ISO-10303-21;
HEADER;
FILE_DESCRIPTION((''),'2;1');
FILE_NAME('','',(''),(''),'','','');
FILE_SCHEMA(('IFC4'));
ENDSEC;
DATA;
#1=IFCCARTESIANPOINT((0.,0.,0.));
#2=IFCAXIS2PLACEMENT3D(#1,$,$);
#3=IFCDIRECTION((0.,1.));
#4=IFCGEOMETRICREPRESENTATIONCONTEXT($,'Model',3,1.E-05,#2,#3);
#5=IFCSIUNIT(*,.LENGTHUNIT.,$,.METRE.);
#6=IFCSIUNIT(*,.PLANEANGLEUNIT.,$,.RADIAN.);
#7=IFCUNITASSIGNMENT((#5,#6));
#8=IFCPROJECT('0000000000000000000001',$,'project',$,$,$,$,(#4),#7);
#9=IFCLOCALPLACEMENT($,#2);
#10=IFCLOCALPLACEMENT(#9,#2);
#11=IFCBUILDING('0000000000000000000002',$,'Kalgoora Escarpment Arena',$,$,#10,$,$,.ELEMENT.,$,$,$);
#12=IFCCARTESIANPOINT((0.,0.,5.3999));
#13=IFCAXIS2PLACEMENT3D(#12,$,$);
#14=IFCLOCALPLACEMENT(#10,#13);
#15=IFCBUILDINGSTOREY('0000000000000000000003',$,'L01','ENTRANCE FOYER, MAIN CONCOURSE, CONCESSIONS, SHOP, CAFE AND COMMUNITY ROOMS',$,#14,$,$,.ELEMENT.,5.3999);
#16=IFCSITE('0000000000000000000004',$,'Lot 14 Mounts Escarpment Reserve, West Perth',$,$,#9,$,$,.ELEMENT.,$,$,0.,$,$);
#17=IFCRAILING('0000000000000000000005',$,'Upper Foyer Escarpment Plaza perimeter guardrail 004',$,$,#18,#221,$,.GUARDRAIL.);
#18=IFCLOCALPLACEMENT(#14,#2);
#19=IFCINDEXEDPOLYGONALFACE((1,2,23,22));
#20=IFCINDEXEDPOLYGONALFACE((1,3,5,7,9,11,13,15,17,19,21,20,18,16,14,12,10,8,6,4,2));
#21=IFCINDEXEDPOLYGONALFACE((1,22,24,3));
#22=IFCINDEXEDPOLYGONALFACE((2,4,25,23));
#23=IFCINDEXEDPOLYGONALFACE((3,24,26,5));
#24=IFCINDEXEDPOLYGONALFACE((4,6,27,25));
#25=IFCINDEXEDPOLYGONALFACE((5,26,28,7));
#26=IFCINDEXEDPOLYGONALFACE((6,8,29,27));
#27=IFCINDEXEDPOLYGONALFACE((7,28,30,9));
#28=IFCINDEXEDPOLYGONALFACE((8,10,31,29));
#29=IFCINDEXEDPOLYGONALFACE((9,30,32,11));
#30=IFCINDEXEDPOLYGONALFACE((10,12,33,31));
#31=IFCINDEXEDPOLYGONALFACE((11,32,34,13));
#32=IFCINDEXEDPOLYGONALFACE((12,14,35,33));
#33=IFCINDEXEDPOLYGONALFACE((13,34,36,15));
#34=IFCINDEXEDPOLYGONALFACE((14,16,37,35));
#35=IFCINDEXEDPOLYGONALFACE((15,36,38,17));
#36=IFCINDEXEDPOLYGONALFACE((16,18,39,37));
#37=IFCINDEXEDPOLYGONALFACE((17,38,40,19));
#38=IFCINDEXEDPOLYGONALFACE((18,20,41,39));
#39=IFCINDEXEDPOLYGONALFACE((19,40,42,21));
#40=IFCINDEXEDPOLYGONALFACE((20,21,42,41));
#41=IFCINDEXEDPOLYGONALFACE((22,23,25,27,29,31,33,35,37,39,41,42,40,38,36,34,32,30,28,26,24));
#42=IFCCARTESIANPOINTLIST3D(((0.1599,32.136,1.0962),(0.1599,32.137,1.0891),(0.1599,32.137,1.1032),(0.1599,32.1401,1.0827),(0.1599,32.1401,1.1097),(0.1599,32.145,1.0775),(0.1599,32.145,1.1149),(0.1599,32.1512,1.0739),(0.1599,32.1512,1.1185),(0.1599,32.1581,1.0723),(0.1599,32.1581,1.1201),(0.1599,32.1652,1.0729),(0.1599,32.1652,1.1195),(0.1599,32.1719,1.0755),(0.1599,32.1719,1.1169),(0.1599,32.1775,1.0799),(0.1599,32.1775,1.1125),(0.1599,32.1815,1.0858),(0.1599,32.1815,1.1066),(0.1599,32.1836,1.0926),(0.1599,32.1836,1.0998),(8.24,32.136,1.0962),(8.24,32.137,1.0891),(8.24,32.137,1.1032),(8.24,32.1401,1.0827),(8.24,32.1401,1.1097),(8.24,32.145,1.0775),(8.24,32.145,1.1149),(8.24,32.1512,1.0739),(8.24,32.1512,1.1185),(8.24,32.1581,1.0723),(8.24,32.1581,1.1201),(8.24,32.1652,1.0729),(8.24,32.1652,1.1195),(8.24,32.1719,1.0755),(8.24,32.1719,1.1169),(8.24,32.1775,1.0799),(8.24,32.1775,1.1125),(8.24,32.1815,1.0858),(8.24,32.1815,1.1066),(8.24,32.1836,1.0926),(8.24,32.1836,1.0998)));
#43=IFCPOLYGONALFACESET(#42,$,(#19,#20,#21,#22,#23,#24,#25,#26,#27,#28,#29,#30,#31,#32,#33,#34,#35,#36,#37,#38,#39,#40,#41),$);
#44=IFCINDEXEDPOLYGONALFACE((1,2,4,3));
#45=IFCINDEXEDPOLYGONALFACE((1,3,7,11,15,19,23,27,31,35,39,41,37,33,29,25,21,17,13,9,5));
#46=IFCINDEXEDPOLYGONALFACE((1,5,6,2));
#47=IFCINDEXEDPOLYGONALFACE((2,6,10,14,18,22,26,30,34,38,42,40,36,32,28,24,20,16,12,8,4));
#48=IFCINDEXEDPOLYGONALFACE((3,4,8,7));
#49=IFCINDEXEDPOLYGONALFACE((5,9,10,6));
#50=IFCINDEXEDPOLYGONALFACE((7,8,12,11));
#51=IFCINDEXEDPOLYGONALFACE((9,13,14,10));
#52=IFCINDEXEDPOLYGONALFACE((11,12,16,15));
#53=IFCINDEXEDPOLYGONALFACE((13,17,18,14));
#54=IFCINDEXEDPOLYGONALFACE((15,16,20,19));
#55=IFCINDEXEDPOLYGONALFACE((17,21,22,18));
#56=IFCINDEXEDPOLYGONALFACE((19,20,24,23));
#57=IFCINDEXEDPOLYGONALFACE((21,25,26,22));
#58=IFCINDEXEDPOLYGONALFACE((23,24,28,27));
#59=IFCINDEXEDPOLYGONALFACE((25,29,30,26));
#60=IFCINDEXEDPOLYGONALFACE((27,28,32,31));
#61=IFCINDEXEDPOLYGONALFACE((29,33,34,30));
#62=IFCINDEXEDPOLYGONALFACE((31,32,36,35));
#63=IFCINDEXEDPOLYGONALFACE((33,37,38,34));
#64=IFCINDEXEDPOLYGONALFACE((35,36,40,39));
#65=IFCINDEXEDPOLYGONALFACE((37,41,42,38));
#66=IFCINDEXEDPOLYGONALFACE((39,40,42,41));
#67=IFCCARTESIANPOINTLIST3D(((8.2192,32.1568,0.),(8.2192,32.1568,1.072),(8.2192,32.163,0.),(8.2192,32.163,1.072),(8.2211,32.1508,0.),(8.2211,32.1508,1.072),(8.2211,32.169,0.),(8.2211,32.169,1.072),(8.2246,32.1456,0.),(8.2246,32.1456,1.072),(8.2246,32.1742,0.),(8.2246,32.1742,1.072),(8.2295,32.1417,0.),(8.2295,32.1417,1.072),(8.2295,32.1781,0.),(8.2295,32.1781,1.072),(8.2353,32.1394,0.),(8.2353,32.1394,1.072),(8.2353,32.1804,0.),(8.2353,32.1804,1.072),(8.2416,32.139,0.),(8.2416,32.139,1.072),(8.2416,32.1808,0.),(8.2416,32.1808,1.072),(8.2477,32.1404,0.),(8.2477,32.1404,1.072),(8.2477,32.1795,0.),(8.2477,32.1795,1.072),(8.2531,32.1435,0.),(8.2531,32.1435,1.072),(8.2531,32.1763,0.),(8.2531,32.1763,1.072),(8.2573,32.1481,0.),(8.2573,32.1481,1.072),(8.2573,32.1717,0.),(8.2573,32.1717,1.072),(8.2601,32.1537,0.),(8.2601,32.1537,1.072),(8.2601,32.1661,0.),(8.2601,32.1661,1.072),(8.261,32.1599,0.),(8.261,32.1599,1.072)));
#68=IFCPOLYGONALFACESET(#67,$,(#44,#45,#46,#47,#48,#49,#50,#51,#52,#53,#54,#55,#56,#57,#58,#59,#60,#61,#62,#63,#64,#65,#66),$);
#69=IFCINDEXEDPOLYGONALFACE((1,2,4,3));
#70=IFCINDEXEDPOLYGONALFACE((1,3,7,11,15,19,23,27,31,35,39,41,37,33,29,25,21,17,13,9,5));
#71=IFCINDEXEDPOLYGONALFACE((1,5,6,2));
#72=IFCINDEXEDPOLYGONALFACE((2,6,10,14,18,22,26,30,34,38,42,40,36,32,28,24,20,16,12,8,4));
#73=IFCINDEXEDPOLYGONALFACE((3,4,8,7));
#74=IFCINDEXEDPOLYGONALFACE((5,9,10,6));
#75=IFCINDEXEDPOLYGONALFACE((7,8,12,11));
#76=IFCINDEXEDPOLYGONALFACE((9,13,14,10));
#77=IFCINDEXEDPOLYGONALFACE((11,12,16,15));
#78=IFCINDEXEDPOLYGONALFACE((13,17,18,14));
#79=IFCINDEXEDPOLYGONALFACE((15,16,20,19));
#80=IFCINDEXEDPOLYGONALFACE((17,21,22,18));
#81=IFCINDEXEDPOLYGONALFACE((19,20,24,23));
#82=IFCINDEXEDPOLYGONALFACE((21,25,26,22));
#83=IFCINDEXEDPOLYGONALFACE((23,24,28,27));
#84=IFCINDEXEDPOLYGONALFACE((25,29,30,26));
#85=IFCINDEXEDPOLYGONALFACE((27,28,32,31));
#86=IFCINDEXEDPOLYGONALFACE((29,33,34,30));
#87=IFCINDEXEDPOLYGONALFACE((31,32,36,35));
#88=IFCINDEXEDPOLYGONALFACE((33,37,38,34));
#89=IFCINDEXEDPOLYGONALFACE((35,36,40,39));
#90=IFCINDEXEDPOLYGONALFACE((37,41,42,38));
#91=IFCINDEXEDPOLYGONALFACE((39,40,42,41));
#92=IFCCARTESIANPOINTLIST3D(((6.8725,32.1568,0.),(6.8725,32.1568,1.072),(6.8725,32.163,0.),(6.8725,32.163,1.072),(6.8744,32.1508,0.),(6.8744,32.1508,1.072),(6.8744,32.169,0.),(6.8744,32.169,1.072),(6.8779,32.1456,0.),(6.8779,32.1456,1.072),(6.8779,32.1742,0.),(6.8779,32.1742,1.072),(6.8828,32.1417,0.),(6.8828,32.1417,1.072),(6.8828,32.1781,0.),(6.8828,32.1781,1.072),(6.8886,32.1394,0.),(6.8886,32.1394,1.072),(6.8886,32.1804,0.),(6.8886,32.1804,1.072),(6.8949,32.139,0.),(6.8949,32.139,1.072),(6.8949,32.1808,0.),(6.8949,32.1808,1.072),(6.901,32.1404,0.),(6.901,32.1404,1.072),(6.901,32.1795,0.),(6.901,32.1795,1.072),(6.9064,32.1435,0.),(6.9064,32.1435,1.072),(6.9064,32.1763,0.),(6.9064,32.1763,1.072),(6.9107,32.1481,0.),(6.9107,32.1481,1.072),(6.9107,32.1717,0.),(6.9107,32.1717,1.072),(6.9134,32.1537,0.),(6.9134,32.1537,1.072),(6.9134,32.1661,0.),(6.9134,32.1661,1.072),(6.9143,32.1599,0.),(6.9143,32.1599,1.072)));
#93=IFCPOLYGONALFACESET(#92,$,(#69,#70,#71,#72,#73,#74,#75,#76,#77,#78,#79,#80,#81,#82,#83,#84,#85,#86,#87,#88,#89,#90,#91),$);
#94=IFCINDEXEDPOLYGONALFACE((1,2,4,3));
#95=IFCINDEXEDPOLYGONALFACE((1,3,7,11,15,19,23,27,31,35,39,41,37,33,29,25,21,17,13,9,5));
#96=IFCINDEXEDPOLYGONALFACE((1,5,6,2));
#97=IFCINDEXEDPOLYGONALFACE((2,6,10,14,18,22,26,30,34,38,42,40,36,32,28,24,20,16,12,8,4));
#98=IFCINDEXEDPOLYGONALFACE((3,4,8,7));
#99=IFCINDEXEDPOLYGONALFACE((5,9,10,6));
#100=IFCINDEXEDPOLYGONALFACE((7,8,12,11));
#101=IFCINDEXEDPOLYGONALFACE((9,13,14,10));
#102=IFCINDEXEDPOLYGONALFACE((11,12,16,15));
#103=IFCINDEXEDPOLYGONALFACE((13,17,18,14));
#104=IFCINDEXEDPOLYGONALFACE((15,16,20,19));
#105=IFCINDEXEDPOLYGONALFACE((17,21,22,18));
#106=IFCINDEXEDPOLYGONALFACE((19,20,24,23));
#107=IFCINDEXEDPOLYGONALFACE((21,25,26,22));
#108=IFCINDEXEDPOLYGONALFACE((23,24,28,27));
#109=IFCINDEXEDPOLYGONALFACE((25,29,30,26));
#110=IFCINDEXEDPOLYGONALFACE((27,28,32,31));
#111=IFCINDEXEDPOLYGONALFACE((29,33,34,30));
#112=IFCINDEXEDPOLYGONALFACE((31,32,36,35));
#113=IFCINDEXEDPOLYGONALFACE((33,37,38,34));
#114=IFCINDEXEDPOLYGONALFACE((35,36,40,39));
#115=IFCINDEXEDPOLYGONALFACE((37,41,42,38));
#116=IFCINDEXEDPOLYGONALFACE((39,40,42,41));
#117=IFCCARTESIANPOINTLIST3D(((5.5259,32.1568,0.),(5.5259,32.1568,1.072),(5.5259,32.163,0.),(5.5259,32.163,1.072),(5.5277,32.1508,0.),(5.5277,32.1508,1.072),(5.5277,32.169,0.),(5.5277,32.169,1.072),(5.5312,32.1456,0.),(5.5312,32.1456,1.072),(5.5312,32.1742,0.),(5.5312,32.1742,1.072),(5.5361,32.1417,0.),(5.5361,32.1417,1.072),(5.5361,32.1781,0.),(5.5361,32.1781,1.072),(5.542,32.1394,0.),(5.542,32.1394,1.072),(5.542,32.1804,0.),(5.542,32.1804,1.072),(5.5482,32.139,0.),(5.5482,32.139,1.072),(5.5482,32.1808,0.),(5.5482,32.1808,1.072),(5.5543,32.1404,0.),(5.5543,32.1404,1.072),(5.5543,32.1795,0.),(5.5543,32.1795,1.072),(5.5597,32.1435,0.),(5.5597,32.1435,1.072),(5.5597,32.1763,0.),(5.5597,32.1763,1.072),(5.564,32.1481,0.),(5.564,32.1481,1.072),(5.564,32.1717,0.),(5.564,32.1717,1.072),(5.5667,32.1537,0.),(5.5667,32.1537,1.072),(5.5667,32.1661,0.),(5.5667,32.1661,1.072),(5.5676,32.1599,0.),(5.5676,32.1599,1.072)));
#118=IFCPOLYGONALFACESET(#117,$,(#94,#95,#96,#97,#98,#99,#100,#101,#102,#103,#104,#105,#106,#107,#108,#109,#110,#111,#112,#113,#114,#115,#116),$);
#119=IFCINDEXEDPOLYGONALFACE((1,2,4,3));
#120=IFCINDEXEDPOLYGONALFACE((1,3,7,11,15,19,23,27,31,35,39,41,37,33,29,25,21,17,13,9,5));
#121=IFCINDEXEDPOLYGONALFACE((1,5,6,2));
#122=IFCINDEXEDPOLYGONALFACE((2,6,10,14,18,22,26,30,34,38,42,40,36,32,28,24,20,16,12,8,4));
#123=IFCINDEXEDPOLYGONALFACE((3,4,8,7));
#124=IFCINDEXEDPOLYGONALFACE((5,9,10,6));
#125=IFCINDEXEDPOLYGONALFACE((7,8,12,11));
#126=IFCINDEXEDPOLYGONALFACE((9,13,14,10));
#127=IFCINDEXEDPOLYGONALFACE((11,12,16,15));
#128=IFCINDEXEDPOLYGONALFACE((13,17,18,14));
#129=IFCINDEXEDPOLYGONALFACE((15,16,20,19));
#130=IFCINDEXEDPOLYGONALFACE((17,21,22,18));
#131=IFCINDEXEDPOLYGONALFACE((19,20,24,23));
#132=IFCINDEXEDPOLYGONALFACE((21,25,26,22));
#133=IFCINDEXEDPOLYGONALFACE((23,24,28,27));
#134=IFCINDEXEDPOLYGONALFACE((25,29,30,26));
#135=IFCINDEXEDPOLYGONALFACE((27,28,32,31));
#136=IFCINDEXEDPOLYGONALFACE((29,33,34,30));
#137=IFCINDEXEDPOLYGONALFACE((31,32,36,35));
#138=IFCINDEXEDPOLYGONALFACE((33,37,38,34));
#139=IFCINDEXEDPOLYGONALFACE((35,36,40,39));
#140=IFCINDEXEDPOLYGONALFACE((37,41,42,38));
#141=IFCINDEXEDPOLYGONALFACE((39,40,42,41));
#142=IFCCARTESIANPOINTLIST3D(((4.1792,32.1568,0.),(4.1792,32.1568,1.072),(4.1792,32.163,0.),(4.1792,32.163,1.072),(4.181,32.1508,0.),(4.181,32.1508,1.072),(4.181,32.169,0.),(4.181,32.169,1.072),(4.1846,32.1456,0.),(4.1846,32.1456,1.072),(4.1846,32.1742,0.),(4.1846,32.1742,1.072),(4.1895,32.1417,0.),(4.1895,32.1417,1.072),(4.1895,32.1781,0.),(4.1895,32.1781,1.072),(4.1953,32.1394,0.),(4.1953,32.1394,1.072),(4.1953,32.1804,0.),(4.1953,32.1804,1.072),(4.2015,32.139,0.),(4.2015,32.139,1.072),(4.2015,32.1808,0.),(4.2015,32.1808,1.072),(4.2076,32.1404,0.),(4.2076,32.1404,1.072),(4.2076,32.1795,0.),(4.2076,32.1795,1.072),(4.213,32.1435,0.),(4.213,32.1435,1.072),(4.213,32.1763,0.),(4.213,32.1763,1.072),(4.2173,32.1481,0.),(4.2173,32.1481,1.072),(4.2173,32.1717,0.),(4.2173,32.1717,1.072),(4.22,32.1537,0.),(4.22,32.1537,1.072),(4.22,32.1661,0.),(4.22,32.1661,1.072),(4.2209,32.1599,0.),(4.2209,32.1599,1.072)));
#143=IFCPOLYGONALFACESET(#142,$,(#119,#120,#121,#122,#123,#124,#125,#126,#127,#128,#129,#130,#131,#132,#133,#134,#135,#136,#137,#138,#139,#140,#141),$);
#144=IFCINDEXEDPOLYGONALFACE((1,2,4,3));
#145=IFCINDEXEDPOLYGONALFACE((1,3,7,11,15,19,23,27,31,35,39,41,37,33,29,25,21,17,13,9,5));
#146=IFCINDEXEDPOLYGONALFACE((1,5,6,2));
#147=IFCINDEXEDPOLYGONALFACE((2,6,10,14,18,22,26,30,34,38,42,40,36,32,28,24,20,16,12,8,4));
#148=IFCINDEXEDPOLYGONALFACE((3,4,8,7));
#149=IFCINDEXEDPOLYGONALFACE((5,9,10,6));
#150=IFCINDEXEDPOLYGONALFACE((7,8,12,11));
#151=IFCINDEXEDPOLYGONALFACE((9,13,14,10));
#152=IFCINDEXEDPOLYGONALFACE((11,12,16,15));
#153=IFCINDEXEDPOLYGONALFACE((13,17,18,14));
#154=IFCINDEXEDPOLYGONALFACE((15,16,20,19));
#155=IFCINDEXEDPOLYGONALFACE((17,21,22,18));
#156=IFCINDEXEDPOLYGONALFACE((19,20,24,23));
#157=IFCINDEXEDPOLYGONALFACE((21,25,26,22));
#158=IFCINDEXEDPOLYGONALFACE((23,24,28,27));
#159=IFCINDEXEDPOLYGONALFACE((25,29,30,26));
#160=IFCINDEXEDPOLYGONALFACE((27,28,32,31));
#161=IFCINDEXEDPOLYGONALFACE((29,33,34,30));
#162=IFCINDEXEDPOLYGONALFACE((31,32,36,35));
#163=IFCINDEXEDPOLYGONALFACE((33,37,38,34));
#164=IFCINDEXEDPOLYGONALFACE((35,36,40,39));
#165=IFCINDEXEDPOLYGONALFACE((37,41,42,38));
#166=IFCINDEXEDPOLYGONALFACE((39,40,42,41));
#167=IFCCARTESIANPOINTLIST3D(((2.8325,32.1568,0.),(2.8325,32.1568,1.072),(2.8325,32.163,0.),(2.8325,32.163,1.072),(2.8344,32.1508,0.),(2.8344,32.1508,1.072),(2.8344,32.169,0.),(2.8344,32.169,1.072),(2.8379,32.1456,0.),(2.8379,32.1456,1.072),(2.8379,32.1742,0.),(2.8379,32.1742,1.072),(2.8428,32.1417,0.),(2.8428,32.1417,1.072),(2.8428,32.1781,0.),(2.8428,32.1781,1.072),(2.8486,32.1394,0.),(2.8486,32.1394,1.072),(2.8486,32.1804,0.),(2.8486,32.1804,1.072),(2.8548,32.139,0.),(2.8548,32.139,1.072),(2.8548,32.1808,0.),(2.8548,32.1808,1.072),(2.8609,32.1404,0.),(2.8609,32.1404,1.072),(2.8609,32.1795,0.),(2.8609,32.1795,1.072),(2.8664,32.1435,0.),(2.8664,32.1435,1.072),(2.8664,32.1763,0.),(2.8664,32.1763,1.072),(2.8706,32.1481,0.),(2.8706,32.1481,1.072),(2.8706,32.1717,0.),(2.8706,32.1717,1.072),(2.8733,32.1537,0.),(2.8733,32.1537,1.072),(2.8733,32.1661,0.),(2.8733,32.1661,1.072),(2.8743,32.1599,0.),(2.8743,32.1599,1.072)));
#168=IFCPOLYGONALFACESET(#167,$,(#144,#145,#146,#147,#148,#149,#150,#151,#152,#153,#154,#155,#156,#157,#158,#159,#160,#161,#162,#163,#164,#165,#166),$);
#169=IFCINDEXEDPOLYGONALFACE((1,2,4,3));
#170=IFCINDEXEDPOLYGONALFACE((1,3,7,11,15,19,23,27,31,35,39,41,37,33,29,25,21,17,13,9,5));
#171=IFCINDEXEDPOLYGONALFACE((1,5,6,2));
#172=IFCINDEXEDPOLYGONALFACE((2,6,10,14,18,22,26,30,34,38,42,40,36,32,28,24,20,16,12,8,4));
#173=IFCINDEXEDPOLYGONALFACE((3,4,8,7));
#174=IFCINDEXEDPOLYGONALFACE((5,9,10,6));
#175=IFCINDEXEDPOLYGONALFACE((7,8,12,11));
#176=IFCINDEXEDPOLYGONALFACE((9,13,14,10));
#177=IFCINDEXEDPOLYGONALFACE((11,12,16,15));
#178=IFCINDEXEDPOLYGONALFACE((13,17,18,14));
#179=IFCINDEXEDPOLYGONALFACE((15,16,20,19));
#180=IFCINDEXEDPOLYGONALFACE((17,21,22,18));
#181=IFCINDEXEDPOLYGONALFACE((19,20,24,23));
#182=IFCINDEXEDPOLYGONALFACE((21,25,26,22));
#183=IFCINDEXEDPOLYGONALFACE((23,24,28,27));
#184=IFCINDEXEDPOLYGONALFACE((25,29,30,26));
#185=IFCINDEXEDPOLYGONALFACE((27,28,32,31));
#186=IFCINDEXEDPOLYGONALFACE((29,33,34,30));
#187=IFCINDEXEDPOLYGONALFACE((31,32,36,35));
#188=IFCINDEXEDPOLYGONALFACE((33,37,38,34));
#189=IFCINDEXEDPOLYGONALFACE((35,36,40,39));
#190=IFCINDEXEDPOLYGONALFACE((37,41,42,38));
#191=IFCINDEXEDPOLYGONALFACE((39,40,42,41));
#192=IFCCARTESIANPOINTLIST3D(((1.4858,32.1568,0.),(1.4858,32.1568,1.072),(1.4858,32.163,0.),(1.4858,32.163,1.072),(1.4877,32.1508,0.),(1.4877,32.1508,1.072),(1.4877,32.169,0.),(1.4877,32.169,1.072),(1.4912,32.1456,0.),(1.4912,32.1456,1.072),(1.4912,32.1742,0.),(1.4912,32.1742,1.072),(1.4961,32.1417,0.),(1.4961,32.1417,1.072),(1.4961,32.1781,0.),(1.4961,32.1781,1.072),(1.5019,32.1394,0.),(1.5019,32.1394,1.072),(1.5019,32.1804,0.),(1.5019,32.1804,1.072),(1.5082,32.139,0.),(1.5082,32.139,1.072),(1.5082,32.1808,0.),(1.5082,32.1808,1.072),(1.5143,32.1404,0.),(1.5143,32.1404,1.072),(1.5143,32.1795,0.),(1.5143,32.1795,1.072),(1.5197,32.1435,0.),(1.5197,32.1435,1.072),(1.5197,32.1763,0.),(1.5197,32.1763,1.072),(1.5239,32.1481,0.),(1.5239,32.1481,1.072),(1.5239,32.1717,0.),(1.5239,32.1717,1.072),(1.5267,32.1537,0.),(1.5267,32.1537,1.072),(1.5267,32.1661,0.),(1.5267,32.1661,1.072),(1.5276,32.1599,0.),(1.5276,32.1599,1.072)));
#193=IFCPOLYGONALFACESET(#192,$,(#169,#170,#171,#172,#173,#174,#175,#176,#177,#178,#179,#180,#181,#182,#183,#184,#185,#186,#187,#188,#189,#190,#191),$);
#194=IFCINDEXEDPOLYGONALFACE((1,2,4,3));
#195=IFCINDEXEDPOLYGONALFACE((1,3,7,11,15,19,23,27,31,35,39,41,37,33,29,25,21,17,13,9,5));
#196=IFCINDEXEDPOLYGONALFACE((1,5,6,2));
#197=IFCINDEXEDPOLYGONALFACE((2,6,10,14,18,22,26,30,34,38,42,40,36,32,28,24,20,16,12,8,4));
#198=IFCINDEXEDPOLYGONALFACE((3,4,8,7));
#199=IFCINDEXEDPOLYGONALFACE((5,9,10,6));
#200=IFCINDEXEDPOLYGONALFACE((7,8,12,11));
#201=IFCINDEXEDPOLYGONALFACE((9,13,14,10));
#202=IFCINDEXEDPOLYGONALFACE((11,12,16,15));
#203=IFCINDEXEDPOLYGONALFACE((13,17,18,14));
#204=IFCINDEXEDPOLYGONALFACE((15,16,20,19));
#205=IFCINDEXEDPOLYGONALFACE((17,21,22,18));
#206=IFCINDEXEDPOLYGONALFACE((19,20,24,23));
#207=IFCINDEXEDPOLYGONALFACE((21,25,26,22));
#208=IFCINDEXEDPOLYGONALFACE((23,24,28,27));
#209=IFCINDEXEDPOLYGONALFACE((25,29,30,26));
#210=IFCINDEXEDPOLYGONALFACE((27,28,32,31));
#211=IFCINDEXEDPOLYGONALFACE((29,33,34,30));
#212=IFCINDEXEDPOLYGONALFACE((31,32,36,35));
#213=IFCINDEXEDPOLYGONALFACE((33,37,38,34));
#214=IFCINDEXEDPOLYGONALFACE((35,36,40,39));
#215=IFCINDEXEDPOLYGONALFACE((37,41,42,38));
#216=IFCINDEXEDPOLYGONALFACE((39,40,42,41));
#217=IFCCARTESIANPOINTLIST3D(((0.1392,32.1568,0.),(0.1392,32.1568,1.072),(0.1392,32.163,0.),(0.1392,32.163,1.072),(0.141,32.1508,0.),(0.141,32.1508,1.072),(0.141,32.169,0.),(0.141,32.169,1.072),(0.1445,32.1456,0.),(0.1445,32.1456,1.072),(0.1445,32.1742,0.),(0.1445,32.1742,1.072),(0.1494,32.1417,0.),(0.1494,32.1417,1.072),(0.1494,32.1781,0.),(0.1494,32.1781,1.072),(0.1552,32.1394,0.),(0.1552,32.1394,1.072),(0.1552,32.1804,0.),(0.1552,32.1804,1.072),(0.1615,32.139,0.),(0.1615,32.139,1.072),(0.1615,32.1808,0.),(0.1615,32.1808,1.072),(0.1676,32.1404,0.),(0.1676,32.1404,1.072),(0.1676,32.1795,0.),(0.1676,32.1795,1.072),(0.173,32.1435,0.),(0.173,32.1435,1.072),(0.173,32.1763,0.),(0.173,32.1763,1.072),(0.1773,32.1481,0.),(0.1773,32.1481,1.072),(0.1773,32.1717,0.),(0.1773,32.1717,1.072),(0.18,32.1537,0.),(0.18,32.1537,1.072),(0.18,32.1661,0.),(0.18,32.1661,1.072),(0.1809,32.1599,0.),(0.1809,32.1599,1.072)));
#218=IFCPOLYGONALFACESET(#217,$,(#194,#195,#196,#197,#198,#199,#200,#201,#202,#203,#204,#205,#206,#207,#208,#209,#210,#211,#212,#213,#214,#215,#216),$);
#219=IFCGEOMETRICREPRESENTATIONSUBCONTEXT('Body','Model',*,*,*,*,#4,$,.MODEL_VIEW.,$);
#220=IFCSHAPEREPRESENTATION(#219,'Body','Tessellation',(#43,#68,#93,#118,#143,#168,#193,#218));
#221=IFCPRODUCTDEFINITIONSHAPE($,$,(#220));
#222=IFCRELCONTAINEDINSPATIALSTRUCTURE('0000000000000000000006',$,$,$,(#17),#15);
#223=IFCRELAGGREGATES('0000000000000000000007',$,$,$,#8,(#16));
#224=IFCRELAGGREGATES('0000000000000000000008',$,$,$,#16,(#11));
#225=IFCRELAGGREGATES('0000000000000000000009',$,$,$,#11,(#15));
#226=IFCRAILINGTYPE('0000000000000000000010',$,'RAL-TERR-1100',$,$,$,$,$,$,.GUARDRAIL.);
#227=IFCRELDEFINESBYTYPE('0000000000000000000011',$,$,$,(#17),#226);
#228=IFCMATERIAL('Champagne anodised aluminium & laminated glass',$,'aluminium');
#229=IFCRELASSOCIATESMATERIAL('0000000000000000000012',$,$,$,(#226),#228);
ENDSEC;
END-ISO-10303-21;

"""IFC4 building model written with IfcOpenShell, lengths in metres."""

from ifc_helpers import new_model, si_unit, direction, frame, origin, origin_2d, place, context, subcontext, project, spatial, circle, extrude, material, type_object, element, save


model = new_model("IFC4")

# Units and contexts
model_context = context("Model", 3, precision=1e-05, world=origin(), true_north=direction((0.0, 1.0)))
body_context = subcontext(model_context, "Body", "Model", "MODEL_VIEW")
ifc_project = project(units=[si_unit("LENGTHUNIT", "METRE"), si_unit("PLANEANGLEUNIT", "RADIAN")], contexts=[model_context])

# Site, building, storey
site_placement = place(None, origin())
site = spatial("IfcSite", under=ifc_project, at=site_placement, Name="Lot 14 Mounts Escarpment Reserve, West Perth", CompositionType="ELEMENT", RefElevation=0.0)
building_placement = place(site_placement, origin())
building = spatial("IfcBuilding", under=site, at=building_placement, Name="Kalgoora Escarpment Arena", CompositionType="ELEMENT")
storey_placement = place(building_placement, frame((0.0, 0.0, 5.3999)))
storey = spatial("IfcBuildingStorey", under=building, at=storey_placement, Name="L01", Description="ENTRANCE FOYER, MAIN CONCOURSE, CONCESSIONS, SHOP, CAFE AND COMMUNITY ROOMS", CompositionType="ELEMENT", Elevation=5.3999)

# Railing
ifc_material_1 = material(Name="Champagne anodised aluminium & laminated glass", Category="aluminium")
railing_type = type_object("IfcRailingType", Name="RAL-TERR-1100", PredefinedType="GUARDRAIL", material=ifc_material_1)
railing_1_placement = place(storey_placement, frame((8.24, 32.1599, 0.0)))
element("IfcRailing", 1, at=railing_1_placement, inside=storey, type_object=railing_type, Name="Upper Foyer Escarpment Plaza perimeter guardrail 004", PredefinedType="GUARDRAIL", context=body_context, shape_type="SweptSolid", body=[
    extrude(circle(Radius=0.0239, at=origin_2d()), frame((0.0, 0.0, 1.0962), z_axis=(-1.0, 0.0, 0.0), x_axis=(0.0, -1.0, 0.0)), (0.0, 0.0, 1.0), 8.0801),
    extrude(circle(Radius=0.021, at=origin_2d()), origin(), (0.0, 0.0, 1.0), 1.072),
    extrude(circle(Radius=0.021, at=origin_2d()), frame((-1.3467, 0.0, 0.0)), (0.0, 0.0, 1.0), 1.072),
    extrude(circle(Radius=0.021, at=origin_2d()), frame((-2.6934, 0.0, 0.0)), (0.0, 0.0, 1.0), 1.072),
    extrude(circle(Radius=0.021, at=origin_2d()), frame((-4.04, 0.0, 0.0)), (0.0, 0.0, 1.0), 1.072),
    extrude(circle(Radius=0.021, at=origin_2d()), frame((-5.3867, 0.0, 0.0)), (0.0, 0.0, 1.0), 1.072),
    extrude(circle(Radius=0.021, at=origin_2d()), frame((-6.7334, 0.0, 0.0)), (0.0, 0.0, 1.0), 1.072),
    extrude(circle(Radius=0.021, at=origin_2d()), frame((-8.0801, 0.0, 0.0)), (0.0, 0.0, 1.0), 1.072),
])

save(model, "model.ifc")
